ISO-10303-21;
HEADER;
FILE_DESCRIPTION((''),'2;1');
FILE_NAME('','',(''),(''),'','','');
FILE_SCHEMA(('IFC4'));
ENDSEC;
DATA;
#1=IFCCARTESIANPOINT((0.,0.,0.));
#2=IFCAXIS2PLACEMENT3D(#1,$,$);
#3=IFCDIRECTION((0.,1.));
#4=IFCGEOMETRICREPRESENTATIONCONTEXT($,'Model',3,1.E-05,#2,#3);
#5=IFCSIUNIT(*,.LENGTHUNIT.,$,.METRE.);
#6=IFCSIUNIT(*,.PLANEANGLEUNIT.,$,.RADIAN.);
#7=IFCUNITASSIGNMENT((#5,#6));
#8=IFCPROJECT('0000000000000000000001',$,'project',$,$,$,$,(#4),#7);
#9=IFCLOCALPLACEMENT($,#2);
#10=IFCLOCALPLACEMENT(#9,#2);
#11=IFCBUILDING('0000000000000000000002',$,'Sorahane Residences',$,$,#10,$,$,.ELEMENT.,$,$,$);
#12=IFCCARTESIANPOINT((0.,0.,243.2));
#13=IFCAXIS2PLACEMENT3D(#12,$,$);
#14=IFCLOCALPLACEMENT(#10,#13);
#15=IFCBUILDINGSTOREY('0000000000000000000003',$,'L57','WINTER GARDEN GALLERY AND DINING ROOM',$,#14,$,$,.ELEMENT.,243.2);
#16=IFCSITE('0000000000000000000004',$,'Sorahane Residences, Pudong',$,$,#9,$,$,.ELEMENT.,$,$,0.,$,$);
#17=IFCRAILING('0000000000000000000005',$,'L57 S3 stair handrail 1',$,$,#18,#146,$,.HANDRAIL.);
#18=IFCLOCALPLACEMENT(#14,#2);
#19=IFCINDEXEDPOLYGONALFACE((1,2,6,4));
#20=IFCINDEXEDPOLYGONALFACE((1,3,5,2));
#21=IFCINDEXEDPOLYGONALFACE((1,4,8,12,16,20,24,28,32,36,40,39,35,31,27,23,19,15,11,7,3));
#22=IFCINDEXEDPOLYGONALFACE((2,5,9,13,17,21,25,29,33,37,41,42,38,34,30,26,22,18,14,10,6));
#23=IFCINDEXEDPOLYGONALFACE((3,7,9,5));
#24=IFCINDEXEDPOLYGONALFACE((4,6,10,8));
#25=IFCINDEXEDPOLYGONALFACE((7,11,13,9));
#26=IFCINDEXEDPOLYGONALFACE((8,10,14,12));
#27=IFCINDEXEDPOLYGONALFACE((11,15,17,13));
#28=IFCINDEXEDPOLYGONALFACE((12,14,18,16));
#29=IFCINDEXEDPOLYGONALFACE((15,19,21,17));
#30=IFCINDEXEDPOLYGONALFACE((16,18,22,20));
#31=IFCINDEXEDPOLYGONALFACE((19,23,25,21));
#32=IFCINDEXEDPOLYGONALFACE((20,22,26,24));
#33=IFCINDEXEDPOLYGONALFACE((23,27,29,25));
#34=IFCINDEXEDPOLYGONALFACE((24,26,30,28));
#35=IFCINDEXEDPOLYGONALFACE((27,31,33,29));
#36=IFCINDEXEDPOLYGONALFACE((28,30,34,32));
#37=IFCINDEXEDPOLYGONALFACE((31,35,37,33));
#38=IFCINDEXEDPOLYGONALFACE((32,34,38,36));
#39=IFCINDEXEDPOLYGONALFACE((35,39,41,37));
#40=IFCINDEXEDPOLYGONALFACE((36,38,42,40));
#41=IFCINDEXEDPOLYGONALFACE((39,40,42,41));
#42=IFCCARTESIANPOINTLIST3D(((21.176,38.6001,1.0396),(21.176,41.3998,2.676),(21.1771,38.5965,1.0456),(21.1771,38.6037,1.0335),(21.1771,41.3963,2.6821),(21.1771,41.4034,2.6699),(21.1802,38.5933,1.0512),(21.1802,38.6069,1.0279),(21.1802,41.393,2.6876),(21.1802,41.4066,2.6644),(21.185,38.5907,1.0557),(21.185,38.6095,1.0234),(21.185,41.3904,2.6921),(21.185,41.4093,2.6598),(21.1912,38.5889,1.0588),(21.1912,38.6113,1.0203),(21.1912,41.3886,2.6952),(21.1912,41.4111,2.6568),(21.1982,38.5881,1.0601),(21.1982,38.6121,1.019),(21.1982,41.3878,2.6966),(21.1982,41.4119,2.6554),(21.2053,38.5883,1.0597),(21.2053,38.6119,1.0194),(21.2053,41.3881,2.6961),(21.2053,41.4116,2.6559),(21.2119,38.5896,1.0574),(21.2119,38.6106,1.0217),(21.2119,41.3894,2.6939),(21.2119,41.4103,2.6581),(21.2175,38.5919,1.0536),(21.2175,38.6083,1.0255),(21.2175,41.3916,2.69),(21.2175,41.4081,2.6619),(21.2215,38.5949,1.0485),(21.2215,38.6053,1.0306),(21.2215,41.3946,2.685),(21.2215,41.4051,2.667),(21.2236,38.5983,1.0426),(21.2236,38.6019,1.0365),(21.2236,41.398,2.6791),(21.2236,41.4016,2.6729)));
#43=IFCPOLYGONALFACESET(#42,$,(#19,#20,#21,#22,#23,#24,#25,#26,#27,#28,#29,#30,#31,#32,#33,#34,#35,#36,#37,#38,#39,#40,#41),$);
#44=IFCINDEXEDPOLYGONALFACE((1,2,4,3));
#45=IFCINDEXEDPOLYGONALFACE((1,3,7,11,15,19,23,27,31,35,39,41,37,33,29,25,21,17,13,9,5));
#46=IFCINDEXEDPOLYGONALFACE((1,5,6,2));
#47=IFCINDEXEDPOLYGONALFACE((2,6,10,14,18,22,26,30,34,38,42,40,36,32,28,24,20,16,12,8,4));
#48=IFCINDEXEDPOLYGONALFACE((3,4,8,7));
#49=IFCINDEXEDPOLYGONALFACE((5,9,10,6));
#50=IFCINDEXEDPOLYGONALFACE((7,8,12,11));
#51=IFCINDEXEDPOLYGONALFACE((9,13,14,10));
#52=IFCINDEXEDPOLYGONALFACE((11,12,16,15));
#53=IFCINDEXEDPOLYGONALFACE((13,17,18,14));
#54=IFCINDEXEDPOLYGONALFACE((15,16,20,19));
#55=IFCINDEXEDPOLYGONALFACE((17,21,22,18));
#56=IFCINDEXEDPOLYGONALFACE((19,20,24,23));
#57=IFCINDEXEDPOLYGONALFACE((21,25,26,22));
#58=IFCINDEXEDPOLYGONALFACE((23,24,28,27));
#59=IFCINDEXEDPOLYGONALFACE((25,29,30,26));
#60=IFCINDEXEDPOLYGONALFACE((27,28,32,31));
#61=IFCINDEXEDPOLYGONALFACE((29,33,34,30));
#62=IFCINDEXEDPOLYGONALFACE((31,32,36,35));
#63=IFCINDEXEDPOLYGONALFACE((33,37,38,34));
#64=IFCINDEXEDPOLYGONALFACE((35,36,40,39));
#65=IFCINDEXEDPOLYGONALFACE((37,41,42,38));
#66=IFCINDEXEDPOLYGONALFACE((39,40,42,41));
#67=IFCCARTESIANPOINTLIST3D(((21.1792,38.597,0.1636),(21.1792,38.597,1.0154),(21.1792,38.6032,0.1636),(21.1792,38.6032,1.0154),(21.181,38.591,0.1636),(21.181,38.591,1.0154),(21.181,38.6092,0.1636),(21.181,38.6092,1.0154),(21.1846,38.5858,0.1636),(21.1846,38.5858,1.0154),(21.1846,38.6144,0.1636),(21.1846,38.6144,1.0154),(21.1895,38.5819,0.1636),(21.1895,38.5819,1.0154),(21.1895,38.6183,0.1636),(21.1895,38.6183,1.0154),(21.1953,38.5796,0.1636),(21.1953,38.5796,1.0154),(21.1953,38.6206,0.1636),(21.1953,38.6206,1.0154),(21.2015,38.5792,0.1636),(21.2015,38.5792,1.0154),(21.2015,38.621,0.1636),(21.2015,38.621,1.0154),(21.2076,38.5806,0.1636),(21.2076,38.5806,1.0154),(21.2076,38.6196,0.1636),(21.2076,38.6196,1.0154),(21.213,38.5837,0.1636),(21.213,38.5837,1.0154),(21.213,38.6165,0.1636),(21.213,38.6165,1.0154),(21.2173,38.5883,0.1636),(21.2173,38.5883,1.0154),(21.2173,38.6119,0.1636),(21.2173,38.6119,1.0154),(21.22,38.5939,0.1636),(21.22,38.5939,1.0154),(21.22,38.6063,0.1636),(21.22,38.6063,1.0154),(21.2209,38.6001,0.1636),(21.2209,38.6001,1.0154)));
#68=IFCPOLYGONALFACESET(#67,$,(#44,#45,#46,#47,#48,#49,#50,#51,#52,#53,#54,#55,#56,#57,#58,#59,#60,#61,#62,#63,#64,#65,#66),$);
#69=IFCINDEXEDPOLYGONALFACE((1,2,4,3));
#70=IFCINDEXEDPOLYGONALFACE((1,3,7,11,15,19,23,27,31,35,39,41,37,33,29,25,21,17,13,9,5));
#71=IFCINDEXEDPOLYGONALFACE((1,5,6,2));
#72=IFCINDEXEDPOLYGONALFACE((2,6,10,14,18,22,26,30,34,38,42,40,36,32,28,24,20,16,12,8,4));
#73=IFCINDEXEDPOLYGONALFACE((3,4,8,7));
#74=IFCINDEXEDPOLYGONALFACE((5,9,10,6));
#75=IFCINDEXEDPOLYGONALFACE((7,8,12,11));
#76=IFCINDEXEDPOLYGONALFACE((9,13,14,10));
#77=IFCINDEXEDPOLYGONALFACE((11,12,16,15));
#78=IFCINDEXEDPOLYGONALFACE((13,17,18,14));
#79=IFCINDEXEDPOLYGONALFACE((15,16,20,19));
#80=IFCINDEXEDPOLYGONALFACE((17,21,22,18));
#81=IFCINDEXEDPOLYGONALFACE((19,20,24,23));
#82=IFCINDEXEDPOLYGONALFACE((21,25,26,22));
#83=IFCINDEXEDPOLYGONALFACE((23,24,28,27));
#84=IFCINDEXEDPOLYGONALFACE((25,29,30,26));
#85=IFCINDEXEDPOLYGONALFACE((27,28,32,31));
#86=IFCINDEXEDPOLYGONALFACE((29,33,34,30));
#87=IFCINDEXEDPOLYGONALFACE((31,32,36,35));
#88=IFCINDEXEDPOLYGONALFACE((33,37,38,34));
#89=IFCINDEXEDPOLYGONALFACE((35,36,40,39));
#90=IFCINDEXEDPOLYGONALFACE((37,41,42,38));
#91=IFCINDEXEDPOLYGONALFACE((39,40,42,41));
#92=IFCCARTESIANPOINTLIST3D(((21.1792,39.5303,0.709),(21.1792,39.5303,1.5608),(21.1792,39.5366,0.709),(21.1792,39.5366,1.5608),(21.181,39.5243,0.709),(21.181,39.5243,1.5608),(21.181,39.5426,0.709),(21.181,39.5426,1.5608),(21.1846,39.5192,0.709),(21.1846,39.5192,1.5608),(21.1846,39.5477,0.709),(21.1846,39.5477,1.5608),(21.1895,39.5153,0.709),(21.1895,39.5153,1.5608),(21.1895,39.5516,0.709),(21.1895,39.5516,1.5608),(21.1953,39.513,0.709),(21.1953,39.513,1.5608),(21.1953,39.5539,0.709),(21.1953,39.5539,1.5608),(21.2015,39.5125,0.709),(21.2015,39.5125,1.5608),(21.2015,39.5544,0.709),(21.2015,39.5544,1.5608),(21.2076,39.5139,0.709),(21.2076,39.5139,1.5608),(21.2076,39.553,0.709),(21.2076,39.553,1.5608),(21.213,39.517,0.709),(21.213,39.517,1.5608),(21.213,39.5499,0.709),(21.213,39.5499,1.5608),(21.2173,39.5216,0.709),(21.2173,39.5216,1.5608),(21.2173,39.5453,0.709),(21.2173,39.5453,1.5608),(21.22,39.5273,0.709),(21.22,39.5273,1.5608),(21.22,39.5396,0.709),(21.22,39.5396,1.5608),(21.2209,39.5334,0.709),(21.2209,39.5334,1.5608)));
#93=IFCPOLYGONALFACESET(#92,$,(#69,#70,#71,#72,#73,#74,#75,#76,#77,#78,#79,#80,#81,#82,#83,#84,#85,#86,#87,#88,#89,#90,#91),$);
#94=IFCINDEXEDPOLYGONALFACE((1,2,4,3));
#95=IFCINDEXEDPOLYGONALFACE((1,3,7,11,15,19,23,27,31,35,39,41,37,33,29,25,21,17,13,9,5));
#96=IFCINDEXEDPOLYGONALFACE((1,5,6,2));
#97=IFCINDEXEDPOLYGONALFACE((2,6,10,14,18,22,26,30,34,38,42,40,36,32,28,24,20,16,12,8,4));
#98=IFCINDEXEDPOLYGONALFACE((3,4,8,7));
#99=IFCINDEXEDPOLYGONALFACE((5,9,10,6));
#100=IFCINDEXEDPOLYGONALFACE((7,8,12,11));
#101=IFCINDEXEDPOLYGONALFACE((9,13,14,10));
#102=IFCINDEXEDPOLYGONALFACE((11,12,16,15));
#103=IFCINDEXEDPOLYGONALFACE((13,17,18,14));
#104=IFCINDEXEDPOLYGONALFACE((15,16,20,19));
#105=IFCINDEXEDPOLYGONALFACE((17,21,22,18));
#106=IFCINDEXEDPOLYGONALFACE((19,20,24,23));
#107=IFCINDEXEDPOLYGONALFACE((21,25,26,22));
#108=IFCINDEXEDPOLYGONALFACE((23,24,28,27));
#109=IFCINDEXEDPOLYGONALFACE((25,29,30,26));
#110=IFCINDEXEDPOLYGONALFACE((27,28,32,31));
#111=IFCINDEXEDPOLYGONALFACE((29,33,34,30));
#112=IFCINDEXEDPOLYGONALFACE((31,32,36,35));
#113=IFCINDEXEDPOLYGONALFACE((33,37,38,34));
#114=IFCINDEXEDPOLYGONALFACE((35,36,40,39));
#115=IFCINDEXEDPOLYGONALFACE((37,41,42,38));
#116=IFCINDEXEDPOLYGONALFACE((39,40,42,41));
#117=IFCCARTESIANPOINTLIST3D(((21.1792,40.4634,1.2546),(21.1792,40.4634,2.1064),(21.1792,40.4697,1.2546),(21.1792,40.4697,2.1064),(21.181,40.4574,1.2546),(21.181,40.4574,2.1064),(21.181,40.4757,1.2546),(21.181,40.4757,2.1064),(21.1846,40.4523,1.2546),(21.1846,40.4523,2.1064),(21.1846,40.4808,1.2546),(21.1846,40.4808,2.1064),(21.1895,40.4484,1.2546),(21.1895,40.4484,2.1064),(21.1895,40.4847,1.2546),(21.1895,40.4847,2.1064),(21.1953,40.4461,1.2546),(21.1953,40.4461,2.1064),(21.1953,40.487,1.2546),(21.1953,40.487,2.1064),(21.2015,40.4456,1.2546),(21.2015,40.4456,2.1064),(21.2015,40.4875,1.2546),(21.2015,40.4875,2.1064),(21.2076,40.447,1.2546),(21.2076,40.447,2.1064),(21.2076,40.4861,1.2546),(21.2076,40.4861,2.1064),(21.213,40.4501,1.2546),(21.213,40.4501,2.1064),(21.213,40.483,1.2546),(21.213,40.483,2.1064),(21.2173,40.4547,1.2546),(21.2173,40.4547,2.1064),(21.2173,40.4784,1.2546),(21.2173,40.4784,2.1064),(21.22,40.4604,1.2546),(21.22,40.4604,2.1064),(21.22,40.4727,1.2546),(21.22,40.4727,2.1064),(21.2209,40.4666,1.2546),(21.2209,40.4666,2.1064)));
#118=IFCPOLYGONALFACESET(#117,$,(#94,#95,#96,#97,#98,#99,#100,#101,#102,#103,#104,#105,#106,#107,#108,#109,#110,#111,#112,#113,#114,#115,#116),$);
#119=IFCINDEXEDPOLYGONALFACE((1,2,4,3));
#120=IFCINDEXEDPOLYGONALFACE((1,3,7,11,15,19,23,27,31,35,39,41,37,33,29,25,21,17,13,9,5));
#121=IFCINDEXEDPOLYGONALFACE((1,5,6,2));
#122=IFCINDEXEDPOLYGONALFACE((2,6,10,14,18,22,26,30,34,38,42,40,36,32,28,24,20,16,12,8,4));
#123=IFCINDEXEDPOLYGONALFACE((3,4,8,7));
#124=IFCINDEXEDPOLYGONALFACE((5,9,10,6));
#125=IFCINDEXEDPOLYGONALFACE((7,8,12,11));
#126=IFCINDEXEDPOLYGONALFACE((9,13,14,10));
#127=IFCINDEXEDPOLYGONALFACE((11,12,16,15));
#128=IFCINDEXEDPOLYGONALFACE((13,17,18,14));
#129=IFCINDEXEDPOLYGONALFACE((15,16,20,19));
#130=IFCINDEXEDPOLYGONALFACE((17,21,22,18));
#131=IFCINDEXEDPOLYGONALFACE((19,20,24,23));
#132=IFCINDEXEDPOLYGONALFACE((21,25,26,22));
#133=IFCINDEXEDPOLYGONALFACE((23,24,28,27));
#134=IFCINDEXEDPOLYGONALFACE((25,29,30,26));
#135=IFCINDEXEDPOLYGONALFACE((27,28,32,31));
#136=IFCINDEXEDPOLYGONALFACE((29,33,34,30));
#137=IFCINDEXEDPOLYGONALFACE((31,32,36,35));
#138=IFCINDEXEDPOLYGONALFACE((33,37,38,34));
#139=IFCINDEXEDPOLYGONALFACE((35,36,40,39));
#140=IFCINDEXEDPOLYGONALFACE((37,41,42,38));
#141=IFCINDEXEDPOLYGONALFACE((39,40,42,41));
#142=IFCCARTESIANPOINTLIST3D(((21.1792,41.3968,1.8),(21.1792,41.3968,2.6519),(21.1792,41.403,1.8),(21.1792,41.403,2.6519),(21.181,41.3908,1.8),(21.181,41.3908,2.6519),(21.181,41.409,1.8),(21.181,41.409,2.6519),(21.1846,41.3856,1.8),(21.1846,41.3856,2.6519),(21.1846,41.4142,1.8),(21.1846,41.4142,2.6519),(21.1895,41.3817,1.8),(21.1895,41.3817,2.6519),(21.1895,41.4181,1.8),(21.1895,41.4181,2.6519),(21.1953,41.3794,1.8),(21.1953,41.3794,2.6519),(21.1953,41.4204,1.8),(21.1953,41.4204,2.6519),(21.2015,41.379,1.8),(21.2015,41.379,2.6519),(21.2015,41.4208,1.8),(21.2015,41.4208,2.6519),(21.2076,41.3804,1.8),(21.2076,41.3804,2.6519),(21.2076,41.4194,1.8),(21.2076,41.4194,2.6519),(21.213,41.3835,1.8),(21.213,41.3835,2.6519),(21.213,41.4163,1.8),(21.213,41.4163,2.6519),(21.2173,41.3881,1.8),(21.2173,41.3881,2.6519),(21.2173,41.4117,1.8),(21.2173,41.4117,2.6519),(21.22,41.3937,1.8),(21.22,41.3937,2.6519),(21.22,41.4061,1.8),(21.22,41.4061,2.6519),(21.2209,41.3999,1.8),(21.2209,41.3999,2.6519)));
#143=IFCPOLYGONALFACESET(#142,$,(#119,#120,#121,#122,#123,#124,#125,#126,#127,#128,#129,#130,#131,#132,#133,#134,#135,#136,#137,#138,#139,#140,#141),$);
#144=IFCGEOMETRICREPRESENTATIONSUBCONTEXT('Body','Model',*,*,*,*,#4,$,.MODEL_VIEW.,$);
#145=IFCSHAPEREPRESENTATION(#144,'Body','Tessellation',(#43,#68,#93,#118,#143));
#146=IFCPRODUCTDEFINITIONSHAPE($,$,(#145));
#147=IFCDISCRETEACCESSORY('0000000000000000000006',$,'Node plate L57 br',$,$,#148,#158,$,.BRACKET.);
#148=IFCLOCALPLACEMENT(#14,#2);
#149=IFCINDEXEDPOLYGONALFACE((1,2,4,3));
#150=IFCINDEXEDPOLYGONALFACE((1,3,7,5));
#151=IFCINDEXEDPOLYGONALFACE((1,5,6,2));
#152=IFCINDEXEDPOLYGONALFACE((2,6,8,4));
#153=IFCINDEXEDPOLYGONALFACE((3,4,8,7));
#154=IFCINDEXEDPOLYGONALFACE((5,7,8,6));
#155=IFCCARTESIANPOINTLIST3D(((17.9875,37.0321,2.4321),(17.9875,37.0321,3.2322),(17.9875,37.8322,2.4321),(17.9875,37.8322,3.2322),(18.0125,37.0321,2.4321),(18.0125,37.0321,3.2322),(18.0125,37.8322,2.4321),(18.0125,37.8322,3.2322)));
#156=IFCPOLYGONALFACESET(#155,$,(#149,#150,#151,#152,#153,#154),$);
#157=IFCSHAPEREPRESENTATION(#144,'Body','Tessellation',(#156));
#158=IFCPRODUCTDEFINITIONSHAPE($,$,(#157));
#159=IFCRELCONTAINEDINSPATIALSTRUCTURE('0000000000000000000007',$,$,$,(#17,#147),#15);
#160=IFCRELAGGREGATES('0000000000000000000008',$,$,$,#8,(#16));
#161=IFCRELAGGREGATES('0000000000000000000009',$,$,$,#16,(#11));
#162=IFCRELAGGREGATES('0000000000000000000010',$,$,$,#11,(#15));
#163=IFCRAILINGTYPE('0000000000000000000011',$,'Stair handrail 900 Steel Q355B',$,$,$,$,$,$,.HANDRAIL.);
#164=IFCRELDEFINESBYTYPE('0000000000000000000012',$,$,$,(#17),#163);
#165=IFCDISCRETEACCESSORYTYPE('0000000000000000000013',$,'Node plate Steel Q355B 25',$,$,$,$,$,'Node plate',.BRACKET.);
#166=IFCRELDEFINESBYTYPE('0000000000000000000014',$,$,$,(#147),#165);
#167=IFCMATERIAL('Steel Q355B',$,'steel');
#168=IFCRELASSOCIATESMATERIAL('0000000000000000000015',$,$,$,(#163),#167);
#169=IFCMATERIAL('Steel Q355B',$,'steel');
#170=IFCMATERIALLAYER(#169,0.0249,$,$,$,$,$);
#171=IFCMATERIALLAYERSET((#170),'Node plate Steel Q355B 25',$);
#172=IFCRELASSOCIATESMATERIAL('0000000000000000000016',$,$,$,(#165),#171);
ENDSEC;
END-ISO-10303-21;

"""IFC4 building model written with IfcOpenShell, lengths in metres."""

from ifc_helpers import new_model, si_unit, direction, frame, origin, origin_2d, place, context, subcontext, project, spatial, rectangle, circle, extrude, material, layer, layer_set, type_object, element, save


model = new_model("IFC4")

# Units and contexts
model_context = context("Model", 3, precision=1e-05, world=origin(), true_north=direction((0.0, 1.0)))
body_context = subcontext(model_context, "Body", "Model", "MODEL_VIEW")
ifc_project = project(units=[si_unit("LENGTHUNIT", "METRE"), si_unit("PLANEANGLEUNIT", "RADIAN")], contexts=[model_context])

# Site, building, storey
site_placement = place(None, origin())
site = spatial("IfcSite", under=ifc_project, at=site_placement, Name="Sorahane Residences, Pudong", CompositionType="ELEMENT", RefElevation=0.0)
building_placement = place(site_placement, origin())
building = spatial("IfcBuilding", under=site, at=building_placement, Name="Sorahane Residences", CompositionType="ELEMENT")
storey_placement = place(building_placement, frame((0.0, 0.0, 243.2)))
storey = spatial("IfcBuildingStorey", under=building, at=storey_placement, Name="L57", Description="WINTER GARDEN GALLERY AND DINING ROOM", CompositionType="ELEMENT", Elevation=243.2)

# Railing
ifc_material_1 = material(Name="Steel Q355B", Category="steel")
railing_type_1 = type_object("IfcRailingType", Name="Stair handrail 900 Steel Q355B", PredefinedType="HANDRAIL", material=ifc_material_1)
railing_1_placement = place(storey_placement, frame((21.2, 38.6001, 0.1636)))
element("IfcRailing", 1, at=railing_1_placement, inside=storey, type_object=railing_type_1, Name="L57 S3 stair handrail 1", PredefinedType="HANDRAIL", context=body_context, shape_type="SweptSolid", body=[
    extrude(circle(Radius=0.0239, at=origin_2d()), frame((0.0, 0.0, 0.876), z_axis=(0.0, 0.863342, 0.50462), x_axis=(-1.0, 0.0, 0.0)), (0.0, 0.0, 1.0), 3.2429),
    extrude(circle(Radius=0.021, at=origin_2d()), origin(), (0.0, 0.0, 1.0), 0.8518),
    extrude(circle(Radius=0.021, at=origin_2d()), frame((0.0, 0.9333, 0.5454)), (0.0, 0.0, 1.0), 0.8518),
    extrude(circle(Radius=0.021, at=origin_2d()), frame((0.0, 1.8665, 1.0911)), (0.0, 0.0, 1.0), 0.8518),
    extrude(circle(Radius=0.021, at=origin_2d()), frame((0.0, 2.7998, 1.6365)), (0.0, 0.0, 1.0), 0.8518),
])

# Discrete accessory
ifc_material_2 = material(Name="Steel Q355B", Category="steel")
ifc_layer_1 = layer(ifc_material_2, 0.0249)
ifc_layer_set_1 = layer_set([ifc_layer_1], Name="Node plate Steel Q355B 25")
discrete_accessory_type = type_object("IfcDiscreteAccessoryType", Name="Node plate Steel Q355B 25", ElementType="Node plate", PredefinedType="BRACKET", material=ifc_layer_set_1)
discrete_accessory_placement = place(storey_placement, frame((18.0, 37.4321, 2.4321), z_axis=(0.0, 0.0, 1.0), x_axis=(0.0, 1.0, 0.0)))
element("IfcDiscreteAccessory", 2, at=discrete_accessory_placement, inside=storey, type_object=discrete_accessory_type, Name="Node plate L57 br", PredefinedType="BRACKET", context=body_context, shape_type="SweptSolid", body=[
    extrude(rectangle(XDim=0.8, YDim=0.0249, at=origin_2d()), origin(), (0.0, 0.0, 1.0), 0.8),
])

save(model, "model.ifc")
